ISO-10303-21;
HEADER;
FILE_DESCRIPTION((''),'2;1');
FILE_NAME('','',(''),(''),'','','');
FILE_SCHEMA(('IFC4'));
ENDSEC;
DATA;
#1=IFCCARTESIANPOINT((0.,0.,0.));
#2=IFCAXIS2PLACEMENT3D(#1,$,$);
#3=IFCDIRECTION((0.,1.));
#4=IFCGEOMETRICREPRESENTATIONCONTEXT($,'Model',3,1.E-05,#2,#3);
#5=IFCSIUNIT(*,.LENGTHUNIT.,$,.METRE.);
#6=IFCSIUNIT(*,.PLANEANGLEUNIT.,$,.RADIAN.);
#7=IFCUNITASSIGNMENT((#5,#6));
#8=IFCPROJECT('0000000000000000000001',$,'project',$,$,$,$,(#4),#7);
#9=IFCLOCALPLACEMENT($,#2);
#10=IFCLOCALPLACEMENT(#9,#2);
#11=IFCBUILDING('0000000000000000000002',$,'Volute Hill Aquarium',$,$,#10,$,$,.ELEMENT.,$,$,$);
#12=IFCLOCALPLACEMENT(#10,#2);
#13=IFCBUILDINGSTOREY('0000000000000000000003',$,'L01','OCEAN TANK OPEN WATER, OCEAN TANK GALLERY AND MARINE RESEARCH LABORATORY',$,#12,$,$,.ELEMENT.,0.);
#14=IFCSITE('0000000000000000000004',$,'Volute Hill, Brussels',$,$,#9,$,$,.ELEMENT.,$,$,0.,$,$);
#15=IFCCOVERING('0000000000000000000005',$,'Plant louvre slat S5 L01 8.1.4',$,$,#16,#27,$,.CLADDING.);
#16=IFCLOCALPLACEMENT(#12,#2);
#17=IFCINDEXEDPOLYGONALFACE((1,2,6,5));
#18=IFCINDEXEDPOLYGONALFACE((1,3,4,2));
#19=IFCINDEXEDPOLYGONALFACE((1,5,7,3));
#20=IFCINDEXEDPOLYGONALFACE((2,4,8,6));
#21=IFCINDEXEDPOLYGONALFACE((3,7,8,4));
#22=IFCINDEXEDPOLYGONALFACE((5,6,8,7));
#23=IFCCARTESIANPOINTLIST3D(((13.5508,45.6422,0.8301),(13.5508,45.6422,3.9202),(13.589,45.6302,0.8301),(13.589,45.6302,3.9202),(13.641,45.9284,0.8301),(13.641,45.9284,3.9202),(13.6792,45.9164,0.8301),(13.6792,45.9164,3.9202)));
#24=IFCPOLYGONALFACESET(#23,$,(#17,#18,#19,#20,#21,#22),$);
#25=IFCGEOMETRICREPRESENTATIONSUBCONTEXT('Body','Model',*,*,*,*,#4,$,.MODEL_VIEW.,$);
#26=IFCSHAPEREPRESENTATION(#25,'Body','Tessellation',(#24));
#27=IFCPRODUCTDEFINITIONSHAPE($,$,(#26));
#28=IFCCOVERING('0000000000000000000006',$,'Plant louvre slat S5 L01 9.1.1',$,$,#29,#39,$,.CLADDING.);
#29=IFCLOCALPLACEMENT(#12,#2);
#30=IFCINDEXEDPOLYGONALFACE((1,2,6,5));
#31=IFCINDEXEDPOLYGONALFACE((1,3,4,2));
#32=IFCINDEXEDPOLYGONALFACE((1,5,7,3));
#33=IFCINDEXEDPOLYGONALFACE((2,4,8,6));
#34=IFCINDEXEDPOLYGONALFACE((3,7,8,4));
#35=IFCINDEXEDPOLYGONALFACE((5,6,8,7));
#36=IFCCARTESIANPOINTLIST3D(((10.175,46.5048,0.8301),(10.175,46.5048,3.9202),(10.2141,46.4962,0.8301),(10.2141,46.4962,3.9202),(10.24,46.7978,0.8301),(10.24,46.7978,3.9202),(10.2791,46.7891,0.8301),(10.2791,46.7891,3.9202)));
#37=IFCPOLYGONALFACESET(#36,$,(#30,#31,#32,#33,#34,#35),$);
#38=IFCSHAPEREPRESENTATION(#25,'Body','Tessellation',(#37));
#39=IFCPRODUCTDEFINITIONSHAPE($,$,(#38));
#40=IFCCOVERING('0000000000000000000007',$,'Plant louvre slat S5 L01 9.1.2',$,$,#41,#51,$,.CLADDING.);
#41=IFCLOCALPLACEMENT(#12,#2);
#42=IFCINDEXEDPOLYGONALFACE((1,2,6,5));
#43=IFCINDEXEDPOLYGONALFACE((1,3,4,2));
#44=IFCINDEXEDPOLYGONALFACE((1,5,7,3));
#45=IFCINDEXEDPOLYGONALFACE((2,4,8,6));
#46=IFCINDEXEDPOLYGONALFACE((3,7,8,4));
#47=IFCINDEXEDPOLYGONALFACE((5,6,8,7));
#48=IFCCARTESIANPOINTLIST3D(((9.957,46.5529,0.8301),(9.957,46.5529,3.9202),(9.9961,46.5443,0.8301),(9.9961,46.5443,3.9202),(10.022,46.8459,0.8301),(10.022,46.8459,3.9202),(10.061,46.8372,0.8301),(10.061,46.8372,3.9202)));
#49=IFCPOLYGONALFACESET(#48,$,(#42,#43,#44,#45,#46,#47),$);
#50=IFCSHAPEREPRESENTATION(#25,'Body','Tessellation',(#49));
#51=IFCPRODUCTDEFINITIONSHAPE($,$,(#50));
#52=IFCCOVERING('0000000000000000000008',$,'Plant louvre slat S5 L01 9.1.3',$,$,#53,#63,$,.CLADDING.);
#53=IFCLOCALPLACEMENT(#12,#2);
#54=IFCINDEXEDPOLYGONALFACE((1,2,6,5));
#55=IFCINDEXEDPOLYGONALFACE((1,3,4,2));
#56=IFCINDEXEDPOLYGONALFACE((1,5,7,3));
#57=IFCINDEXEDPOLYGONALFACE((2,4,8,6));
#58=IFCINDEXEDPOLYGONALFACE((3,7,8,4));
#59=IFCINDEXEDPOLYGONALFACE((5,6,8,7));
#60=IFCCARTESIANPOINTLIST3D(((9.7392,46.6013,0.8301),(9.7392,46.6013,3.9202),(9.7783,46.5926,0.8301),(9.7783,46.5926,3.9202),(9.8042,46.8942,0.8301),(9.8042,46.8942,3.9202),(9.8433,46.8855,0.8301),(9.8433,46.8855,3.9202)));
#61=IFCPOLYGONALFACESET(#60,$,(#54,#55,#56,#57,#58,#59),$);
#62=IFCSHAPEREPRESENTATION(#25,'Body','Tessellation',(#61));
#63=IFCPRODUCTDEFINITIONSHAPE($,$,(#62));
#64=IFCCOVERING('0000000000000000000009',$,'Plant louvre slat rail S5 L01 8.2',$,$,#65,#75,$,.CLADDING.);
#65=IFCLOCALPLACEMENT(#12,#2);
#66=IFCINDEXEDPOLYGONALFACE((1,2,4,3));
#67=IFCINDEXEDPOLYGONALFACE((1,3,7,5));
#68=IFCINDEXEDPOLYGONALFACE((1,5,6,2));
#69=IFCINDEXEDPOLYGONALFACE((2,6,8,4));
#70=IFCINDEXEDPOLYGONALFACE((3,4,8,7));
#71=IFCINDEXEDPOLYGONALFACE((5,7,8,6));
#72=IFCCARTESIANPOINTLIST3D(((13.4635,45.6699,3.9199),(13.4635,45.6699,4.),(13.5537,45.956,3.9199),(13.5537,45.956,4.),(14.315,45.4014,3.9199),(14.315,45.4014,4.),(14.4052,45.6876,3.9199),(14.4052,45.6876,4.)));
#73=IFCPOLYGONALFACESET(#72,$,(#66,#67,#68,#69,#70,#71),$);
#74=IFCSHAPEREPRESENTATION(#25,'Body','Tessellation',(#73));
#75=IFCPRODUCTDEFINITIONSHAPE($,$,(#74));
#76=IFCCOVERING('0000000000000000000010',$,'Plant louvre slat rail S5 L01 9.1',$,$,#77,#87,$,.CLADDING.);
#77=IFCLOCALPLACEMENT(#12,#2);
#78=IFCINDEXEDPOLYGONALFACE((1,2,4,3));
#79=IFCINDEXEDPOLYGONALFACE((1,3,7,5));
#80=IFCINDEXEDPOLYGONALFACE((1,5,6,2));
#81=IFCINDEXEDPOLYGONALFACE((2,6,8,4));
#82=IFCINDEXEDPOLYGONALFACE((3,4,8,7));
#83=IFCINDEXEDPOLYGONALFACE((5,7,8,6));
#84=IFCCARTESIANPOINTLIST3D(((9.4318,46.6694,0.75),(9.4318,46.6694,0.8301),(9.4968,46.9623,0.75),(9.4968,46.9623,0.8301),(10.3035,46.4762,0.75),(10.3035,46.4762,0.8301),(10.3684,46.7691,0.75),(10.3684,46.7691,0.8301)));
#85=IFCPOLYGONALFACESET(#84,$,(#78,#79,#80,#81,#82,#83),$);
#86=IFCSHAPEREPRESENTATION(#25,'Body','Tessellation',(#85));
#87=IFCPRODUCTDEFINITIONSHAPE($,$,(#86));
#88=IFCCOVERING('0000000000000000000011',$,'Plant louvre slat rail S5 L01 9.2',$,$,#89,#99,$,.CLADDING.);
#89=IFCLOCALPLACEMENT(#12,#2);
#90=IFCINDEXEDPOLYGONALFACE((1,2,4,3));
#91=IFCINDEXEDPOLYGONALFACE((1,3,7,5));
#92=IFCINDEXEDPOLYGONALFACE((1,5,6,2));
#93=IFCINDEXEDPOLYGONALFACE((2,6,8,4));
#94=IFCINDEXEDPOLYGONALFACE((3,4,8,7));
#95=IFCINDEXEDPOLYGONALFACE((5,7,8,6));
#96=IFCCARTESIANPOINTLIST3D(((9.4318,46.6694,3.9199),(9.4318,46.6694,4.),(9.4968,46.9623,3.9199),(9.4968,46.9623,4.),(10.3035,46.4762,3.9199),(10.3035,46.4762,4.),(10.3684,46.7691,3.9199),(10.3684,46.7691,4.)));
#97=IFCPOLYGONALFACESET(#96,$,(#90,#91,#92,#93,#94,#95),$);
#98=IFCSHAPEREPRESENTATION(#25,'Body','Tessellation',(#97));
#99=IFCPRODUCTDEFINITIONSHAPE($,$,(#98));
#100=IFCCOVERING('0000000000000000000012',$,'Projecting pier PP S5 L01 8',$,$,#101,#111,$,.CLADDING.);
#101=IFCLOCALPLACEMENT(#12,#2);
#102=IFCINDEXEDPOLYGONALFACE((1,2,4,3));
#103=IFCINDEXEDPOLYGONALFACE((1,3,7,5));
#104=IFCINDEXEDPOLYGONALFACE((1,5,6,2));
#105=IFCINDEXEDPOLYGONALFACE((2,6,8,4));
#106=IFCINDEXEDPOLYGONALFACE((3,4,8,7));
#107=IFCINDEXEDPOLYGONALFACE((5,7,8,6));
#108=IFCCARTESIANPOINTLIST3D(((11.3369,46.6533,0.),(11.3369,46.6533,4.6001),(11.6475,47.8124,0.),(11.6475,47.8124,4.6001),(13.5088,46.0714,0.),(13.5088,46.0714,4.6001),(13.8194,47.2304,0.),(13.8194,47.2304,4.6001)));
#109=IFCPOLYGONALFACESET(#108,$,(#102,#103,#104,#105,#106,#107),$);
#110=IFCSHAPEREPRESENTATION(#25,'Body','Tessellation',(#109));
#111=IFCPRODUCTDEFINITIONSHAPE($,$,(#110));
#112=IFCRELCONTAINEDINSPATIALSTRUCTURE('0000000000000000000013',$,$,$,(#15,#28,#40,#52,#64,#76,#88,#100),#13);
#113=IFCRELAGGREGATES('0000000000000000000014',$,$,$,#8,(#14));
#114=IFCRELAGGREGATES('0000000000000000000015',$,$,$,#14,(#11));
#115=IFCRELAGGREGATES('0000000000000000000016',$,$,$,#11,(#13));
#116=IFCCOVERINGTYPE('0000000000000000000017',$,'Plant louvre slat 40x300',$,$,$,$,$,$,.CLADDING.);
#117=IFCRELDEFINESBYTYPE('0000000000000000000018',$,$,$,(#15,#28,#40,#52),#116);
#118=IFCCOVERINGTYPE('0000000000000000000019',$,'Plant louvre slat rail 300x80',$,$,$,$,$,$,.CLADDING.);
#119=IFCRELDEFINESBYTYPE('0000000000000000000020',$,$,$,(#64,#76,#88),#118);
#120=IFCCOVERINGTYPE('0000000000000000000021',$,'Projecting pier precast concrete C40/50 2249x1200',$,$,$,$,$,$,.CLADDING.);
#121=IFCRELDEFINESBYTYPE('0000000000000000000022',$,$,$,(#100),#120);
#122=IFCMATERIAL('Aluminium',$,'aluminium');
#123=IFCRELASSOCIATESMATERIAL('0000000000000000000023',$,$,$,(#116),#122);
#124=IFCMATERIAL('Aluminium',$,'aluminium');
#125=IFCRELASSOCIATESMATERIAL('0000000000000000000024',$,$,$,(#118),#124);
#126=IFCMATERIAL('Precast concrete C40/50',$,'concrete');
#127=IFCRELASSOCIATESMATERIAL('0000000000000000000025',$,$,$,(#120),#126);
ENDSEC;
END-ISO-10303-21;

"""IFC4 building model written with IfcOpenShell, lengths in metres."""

from ifc_helpers import new_model, si_unit, direction, frame, origin, origin_2d, place, context, subcontext, project, spatial, rectangle, extrude, material, type_object, element, save


model = new_model("IFC4")

# Units and contexts
model_context = context("Model", 3, precision=1e-05, world=origin(), true_north=direction((0.0, 1.0)))
body_context = subcontext(model_context, "Body", "Model", "MODEL_VIEW")
ifc_project = project(units=[si_unit("LENGTHUNIT", "METRE"), si_unit("PLANEANGLEUNIT", "RADIAN")], contexts=[model_context])

# Site, building, storey
site_placement = place(None, origin())
site = spatial("IfcSite", under=ifc_project, at=site_placement, Name="Volute Hill, Brussels", CompositionType="ELEMENT", RefElevation=0.0)
building_placement = place(site_placement, origin())
building = spatial("IfcBuilding", under=site, at=building_placement, Name="Volute Hill Aquarium", CompositionType="ELEMENT")
storey_placement = place(building_placement, origin())
storey = spatial("IfcBuildingStorey", under=building, at=storey_placement, Name="L01", Description="OCEAN TANK OPEN WATER, OCEAN TANK GALLERY AND MARINE RESEARCH LABORATORY", CompositionType="ELEMENT", Elevation=0.0)

# Coverings
ifc_material_1 = material(Name="Aluminium", Category="aluminium")
covering_type_1 = type_object("IfcCoveringType", Name="Plant louvre slat 40x300", PredefinedType="CLADDING", material=ifc_material_1)
for number, where, z_axis, x_axis, name in (
    (1, (13.615, 45.7793, 0.8301), (0.0, 0.0, 1.0), (-0.953718, 0.300704, 0.0), "Plant louvre slat S5 L01 8.1.4"),
    (2, (10.2271, 46.647, 0.8301), (0.0, 0.0, 1.0), (-0.9763, 0.216423, 0.0), "Plant louvre slat S5 L01 9.1.1"),
    (3, (10.009, 46.6951, 0.8301), (0.0, 0.0, 1.0), (-0.9763, 0.216423, 0.0), "Plant louvre slat S5 L01 9.1.2"),
    (4, (9.7913, 46.7434, 0.8301), (0.0, 0.0, 1.0), (-0.9763, 0.216423, 0.0), "Plant louvre slat S5 L01 9.1.3"),
):
    element("IfcCovering", number, at=place(storey_placement, frame(where, z_axis=z_axis, x_axis=x_axis)), inside=storey, type_object=covering_type_1, Name=name, PredefinedType="CLADDING", context=body_context, shape_type="SweptSolid", body=[
        extrude(rectangle(XDim=0.04, YDim=0.3, at=origin_2d()), origin(), (0.0, 0.0, 1.0), 3.0901),
    ])
ifc_material_2 = material(Name="Aluminium", Category="aluminium")
covering_type_2 = type_object("IfcCoveringType", Name="Plant louvre slat rail 300x80", PredefinedType="CLADDING", material=ifc_material_2)
for number, where, z_axis, x_axis, name in (
    (5, (13.9343, 45.6787, 3.9199), (0.0, 0.0, 1.0), (-0.953718, 0.300704, 0.0), "Plant louvre slat rail S5 L01 8.2"),
    (6, (9.9001, 46.7192, 0.75), (0.0, 0.0, 1.0), (-0.9763, 0.216423, 0.0), "Plant louvre slat rail S5 L01 9.1"),
    (7, (9.9001, 46.7192, 3.9199), (0.0, 0.0, 1.0), (-0.9763, 0.216423, 0.0), "Plant louvre slat rail S5 L01 9.2"),
):
    element("IfcCovering", number, at=place(storey_placement, frame(where, z_axis=z_axis, x_axis=x_axis)), inside=storey, type_object=covering_type_2, Name=name, PredefinedType="CLADDING", context=body_context, shape_type="SweptSolid", body=[
        extrude(rectangle(XDim=0.8928, YDim=0.3, at=origin_2d()), origin(), (0.0, 0.0, 1.0), 0.0801),
    ])
ifc_material_3 = material(Name="Precast concrete C40/50", Category="concrete")
covering_type_3 = type_object("IfcCoveringType", Name="Projecting pier precast concrete C40/50 2249x1200", PredefinedType="CLADDING", material=ifc_material_3)
covering_1_placement = place(storey_placement, frame((12.5781, 46.9419, 0.0), z_axis=(0.0, 0.0, 1.0), x_axis=(-0.965926, 0.258819, 0.0)))
element("IfcCovering", 8, at=covering_1_placement, inside=storey, type_object=covering_type_3, Name="Projecting pier PP S5 L01 8", PredefinedType="CLADDING", context=body_context, shape_type="SweptSolid", body=[
    extrude(rectangle(XDim=2.2485, YDim=1.2, at=origin_2d()), origin(), (0.0, 0.0, 1.0), 4.6001),
])

save(model, "model.ifc")
